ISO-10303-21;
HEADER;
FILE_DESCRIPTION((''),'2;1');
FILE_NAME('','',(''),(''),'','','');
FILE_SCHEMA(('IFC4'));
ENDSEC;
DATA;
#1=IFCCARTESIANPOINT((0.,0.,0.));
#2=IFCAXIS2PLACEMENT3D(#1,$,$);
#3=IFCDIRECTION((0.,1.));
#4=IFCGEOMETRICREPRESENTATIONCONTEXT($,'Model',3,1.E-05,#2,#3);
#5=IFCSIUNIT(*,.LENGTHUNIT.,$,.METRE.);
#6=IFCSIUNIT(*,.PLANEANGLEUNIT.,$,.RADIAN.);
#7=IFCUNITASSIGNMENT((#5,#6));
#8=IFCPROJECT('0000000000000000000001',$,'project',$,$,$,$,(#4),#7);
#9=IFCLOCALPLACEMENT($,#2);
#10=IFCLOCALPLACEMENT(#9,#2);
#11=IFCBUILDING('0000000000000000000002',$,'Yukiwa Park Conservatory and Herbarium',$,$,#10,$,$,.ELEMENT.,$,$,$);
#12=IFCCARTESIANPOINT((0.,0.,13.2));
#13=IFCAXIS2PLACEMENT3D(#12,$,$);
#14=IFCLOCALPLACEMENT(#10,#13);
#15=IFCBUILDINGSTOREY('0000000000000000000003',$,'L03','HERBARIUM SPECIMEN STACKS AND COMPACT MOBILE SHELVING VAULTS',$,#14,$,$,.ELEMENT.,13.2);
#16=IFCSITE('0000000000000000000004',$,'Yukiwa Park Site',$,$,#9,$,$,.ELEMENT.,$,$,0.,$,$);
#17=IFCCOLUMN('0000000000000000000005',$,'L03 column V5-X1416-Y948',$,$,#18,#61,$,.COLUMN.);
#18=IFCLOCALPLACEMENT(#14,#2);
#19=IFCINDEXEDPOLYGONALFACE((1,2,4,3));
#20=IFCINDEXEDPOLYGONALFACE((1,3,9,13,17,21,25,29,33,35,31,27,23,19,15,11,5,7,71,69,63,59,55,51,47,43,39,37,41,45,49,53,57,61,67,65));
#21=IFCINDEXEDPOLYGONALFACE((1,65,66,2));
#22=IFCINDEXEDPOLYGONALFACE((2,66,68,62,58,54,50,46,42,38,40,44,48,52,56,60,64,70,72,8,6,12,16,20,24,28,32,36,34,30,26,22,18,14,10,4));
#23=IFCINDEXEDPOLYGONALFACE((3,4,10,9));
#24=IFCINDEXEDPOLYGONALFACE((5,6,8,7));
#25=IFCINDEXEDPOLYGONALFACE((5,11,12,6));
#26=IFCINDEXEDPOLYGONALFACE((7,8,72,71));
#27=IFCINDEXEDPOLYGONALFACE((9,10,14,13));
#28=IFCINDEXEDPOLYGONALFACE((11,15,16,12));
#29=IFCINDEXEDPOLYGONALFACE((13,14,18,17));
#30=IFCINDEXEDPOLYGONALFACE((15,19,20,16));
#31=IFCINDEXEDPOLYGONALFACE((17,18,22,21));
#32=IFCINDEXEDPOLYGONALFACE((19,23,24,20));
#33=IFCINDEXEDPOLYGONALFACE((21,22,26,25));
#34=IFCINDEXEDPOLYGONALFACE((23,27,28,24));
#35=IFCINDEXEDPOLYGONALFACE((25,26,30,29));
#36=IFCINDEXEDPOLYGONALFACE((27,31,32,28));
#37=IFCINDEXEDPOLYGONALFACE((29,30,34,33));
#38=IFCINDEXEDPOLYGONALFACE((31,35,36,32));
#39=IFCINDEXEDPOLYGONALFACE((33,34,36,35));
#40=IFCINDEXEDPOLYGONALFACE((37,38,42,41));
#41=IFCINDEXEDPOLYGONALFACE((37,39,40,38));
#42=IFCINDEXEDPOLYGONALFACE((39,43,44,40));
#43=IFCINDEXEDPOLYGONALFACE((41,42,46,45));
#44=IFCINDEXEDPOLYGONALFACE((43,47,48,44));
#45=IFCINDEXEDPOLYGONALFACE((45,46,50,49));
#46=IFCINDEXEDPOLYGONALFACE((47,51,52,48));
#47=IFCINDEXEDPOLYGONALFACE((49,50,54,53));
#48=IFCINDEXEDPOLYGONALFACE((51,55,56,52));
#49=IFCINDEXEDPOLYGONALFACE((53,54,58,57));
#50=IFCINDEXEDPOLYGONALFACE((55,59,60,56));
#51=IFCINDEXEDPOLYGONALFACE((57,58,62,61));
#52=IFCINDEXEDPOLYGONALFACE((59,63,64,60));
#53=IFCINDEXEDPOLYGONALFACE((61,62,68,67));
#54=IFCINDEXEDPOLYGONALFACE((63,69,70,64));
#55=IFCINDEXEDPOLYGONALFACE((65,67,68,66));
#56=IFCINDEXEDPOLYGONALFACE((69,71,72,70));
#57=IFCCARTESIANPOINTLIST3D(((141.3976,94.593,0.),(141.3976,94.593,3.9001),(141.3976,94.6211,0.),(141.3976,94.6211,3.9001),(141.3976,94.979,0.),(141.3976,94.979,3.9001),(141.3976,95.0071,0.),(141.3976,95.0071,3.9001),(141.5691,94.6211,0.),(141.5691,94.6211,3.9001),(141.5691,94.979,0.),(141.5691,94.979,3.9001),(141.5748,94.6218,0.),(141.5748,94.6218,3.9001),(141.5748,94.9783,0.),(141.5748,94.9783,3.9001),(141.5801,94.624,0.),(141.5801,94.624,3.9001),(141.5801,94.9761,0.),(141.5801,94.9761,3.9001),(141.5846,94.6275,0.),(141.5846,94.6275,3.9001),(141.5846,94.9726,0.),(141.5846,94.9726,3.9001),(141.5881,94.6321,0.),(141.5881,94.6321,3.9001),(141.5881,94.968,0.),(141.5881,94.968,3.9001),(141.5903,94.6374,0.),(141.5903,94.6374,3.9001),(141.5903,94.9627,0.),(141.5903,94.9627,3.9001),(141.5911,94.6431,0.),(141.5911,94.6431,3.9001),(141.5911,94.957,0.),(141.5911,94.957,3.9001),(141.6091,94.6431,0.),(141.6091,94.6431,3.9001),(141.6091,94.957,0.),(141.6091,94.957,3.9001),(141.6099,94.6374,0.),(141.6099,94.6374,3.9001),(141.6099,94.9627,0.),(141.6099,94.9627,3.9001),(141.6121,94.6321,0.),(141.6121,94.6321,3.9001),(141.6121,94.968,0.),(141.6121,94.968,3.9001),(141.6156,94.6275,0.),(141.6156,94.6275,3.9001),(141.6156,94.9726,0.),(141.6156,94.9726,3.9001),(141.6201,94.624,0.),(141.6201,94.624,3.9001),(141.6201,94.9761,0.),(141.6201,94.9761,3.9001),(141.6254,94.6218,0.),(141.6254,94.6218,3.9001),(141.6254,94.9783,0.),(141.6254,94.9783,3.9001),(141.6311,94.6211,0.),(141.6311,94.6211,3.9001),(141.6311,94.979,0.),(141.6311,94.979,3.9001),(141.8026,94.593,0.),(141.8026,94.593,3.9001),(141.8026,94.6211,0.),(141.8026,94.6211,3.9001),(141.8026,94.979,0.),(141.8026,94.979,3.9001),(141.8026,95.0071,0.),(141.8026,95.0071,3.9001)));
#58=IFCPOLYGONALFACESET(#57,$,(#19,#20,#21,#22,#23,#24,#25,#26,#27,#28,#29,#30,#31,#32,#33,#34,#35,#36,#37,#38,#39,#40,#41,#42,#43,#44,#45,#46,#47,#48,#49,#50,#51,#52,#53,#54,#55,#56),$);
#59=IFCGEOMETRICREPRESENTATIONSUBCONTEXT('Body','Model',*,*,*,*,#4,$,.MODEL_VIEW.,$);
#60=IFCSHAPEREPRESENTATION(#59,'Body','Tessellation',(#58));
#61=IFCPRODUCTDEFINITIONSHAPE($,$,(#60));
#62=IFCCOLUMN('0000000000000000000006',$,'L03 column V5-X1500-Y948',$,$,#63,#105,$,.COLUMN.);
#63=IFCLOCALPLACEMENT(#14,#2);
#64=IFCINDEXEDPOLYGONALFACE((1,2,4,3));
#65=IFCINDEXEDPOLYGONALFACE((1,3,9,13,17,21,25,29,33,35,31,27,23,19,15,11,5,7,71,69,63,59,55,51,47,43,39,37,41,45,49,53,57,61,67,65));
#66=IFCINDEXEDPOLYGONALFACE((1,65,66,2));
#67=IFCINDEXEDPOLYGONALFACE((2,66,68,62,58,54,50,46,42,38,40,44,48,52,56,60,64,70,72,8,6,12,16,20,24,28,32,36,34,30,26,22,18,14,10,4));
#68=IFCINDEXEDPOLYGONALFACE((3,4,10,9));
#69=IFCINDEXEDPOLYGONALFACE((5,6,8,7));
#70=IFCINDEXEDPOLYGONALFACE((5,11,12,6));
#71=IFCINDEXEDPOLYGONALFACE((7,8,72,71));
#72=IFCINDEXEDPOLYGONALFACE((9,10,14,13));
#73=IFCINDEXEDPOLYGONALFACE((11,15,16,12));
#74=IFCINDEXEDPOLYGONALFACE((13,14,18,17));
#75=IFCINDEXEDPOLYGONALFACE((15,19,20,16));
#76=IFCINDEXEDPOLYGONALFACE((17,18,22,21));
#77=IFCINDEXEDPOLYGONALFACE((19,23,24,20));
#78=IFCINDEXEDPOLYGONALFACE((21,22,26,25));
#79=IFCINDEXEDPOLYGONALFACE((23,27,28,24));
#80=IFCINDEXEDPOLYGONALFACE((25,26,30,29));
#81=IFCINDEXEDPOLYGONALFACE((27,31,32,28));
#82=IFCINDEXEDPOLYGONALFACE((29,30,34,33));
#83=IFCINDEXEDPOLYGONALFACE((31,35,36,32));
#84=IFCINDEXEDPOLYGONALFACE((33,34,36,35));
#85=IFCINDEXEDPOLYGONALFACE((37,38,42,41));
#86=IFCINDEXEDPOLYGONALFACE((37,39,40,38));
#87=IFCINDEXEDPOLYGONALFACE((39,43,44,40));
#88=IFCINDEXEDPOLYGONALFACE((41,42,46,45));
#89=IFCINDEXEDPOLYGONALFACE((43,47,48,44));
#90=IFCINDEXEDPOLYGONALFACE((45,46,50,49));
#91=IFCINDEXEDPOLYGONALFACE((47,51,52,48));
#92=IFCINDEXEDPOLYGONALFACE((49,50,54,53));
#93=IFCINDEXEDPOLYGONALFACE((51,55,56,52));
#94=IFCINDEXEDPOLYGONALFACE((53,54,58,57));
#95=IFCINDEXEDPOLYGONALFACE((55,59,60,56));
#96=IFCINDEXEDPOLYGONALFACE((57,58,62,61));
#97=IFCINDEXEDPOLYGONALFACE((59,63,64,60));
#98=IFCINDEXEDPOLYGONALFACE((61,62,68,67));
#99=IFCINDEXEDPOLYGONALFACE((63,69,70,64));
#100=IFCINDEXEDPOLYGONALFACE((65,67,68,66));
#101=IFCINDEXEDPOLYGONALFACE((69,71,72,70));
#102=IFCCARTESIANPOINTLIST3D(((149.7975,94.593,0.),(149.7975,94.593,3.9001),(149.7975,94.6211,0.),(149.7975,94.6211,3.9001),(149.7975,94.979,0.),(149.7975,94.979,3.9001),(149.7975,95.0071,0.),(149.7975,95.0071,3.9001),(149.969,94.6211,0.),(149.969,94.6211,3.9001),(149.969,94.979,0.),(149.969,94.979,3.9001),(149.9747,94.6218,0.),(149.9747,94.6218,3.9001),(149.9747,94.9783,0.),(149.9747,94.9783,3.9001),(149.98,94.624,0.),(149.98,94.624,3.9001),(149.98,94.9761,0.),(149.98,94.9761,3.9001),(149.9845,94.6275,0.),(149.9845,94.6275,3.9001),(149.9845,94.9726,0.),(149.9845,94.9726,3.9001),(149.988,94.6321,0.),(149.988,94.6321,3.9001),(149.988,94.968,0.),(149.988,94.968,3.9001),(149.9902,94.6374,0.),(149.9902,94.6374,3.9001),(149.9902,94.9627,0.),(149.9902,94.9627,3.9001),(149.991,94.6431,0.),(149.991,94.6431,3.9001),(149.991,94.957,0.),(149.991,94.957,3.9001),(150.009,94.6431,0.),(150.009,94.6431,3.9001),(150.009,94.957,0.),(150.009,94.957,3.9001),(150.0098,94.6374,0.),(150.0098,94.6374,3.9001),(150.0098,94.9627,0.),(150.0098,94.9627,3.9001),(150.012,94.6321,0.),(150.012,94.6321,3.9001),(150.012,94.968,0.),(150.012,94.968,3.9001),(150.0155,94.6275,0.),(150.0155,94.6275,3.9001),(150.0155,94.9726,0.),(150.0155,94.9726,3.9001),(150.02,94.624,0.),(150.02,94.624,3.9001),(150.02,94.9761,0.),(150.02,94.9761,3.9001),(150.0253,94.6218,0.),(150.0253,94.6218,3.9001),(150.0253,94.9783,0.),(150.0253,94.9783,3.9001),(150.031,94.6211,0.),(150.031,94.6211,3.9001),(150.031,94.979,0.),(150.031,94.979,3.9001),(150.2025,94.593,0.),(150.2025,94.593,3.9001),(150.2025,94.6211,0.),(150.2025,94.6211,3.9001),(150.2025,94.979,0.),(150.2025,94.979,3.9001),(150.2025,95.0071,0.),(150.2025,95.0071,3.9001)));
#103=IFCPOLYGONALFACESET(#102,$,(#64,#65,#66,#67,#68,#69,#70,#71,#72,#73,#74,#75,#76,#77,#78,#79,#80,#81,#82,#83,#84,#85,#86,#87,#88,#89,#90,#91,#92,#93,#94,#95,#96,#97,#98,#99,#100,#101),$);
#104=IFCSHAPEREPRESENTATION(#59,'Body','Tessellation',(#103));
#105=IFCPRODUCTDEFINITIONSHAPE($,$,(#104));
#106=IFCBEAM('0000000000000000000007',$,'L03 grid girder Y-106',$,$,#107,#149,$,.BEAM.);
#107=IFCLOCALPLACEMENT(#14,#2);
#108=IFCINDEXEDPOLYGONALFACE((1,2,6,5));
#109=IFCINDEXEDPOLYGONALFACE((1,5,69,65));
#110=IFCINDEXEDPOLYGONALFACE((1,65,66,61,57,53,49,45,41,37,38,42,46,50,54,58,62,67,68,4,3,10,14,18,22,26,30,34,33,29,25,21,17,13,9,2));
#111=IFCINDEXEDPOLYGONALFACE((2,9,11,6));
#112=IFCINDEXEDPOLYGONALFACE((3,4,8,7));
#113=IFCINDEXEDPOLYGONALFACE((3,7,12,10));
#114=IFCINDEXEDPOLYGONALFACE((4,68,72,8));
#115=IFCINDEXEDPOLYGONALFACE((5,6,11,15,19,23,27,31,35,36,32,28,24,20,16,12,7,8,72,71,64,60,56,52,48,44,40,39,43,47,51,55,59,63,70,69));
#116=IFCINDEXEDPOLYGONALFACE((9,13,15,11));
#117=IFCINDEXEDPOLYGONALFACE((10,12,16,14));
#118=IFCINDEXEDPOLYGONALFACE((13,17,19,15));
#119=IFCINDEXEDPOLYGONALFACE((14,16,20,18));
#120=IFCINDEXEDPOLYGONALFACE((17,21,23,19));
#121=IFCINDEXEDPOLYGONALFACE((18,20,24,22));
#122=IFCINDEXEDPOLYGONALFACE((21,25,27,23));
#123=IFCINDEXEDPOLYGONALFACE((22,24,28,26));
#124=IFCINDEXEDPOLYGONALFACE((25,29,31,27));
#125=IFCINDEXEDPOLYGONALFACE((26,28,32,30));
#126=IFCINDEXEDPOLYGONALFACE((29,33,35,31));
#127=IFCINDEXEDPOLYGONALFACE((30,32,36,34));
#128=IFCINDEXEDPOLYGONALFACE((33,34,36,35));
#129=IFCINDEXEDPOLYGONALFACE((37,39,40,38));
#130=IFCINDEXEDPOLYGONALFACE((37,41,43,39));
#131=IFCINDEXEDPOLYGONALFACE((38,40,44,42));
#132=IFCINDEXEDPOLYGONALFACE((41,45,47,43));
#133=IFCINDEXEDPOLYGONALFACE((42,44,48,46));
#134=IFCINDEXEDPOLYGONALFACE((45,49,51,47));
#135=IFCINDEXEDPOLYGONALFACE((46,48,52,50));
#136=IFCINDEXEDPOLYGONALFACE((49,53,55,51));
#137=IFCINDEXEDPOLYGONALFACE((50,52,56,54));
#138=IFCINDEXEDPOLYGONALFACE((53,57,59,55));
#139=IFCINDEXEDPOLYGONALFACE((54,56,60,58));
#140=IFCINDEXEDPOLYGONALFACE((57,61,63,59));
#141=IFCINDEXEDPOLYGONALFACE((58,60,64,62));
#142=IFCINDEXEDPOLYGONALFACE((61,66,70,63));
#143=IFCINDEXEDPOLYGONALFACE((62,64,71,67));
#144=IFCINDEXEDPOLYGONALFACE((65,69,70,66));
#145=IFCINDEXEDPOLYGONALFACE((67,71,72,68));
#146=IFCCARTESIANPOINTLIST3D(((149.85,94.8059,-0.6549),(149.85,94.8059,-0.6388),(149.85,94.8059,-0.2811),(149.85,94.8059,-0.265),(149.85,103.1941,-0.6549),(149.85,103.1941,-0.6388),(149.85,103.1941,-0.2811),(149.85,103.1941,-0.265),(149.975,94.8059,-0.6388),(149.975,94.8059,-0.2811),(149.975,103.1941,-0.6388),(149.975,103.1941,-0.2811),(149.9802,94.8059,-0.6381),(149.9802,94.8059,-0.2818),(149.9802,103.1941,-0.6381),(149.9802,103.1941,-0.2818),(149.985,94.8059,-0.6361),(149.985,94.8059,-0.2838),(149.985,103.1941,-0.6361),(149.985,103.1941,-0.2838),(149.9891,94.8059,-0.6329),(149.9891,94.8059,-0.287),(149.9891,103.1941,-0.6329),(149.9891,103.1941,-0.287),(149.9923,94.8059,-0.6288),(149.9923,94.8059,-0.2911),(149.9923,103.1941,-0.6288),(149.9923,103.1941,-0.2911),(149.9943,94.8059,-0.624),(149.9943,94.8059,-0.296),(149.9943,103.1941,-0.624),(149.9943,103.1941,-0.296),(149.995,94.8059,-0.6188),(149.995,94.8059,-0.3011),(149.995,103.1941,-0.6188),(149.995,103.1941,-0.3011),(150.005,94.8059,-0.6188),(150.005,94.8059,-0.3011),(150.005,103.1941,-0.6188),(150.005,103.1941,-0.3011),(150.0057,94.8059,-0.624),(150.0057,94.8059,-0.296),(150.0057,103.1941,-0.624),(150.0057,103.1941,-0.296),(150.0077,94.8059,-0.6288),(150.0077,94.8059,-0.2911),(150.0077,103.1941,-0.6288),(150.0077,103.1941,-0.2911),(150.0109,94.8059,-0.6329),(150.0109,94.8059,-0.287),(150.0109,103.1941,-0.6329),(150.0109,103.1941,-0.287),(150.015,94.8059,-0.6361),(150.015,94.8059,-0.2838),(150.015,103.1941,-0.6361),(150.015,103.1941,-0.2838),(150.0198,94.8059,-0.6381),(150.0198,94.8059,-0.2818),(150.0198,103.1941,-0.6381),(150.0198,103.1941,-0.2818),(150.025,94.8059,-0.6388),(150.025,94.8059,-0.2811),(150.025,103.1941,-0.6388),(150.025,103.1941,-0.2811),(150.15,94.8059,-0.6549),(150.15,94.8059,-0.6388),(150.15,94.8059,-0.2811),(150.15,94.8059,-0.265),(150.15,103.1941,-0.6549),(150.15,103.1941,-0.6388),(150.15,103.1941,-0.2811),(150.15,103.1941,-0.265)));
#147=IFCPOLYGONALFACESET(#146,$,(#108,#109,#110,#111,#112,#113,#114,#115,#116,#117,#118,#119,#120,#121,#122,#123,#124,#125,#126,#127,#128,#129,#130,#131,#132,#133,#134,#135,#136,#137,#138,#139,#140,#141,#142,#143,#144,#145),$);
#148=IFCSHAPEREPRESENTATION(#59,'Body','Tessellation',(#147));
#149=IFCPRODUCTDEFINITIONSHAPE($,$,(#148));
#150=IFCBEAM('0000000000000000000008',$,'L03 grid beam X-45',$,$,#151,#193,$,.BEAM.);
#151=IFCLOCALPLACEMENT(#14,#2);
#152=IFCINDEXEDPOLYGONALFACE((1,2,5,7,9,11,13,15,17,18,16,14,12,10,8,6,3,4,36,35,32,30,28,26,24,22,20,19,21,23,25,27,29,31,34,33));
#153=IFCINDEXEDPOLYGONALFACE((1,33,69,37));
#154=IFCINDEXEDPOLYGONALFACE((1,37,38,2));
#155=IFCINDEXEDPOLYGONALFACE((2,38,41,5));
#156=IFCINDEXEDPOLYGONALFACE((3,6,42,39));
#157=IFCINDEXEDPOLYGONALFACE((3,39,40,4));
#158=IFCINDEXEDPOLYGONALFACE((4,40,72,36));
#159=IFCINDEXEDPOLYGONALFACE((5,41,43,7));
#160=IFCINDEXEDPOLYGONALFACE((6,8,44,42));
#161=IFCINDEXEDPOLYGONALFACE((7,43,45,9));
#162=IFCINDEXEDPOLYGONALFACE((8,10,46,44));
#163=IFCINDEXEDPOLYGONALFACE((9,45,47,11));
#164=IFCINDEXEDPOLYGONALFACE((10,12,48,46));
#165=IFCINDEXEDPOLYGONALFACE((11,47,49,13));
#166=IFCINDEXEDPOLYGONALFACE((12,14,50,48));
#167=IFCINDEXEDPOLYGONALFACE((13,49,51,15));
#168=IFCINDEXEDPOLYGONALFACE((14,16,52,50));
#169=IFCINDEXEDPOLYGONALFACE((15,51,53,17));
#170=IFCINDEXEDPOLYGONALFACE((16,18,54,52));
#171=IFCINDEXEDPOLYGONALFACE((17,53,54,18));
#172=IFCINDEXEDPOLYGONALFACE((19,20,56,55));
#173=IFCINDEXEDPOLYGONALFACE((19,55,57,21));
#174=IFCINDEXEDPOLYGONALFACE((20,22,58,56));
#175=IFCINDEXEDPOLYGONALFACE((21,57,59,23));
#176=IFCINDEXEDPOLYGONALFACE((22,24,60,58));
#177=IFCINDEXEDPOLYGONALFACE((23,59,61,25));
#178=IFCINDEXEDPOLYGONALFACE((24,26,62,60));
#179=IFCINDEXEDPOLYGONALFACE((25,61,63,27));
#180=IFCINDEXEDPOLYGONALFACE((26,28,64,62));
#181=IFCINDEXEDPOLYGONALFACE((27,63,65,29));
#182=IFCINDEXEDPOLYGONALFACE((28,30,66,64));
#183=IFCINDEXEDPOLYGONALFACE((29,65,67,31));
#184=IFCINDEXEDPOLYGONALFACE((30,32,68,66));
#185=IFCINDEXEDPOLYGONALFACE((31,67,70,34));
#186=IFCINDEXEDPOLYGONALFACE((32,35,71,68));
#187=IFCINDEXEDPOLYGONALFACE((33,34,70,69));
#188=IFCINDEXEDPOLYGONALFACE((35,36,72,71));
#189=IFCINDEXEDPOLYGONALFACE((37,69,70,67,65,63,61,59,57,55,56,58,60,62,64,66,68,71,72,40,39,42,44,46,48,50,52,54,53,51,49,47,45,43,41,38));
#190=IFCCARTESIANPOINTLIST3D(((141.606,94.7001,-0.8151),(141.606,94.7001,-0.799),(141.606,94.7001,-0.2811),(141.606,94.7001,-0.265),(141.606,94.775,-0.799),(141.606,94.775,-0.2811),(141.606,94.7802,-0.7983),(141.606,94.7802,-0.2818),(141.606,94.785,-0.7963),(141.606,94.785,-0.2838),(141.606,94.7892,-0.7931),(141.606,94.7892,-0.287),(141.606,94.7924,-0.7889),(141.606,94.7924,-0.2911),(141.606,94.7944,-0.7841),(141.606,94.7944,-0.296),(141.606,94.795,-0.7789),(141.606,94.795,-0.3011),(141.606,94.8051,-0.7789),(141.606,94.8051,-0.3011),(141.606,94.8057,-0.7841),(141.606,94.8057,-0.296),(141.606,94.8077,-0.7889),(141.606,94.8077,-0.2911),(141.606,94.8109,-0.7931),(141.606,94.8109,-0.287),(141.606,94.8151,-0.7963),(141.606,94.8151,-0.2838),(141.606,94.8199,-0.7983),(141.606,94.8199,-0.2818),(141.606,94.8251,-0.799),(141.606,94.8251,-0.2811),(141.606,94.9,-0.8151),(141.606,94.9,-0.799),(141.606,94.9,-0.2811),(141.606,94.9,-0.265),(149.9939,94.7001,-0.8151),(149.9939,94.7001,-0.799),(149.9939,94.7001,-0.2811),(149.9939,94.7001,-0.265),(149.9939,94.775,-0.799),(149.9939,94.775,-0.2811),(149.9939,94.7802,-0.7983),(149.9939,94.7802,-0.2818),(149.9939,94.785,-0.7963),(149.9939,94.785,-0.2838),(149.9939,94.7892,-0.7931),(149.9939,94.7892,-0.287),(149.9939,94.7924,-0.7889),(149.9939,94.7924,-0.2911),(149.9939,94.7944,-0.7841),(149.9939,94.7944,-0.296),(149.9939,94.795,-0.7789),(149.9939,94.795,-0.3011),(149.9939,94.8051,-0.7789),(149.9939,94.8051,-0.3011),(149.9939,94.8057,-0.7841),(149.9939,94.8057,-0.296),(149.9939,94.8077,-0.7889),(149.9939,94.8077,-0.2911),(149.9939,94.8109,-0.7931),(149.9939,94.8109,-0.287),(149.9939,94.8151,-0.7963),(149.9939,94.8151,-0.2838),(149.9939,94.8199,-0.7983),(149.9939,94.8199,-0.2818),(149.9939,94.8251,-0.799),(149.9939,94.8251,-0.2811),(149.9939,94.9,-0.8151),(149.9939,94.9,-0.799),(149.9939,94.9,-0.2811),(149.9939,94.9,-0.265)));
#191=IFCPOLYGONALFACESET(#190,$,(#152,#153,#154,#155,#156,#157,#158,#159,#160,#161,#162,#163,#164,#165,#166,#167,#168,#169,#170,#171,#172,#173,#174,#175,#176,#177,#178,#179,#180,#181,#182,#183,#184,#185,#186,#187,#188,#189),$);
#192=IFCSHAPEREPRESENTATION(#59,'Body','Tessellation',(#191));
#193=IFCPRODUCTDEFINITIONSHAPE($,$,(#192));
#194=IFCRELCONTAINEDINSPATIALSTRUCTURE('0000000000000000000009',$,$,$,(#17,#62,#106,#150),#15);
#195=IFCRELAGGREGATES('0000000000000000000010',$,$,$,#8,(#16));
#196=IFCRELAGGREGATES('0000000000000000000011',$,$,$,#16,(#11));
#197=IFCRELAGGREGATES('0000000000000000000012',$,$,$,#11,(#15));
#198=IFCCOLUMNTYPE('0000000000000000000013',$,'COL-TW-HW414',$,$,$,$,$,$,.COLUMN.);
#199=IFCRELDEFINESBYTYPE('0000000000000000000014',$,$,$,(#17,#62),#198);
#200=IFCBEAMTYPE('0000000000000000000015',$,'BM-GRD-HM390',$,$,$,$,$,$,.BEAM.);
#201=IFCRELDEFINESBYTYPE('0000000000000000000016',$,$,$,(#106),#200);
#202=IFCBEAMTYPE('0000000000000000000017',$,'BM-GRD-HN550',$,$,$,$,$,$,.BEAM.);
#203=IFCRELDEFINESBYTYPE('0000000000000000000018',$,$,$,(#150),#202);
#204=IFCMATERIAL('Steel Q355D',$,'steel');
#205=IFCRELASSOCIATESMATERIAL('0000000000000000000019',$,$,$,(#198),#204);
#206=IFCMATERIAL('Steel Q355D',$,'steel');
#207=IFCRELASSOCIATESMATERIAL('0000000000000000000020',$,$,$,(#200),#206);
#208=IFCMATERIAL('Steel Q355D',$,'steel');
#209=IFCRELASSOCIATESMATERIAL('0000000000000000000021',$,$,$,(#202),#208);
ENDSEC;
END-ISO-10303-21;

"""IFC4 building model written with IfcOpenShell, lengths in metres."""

from ifc_helpers import new_model, si_unit, direction, frame, origin, origin_2d, place, context, subcontext, project, spatial, i_section, extrude, material, material_profile, profile_set, type_object, element, save


model = new_model("IFC4")

# Units and contexts
model_context = context("Model", 3, precision=1e-05, world=origin(), true_north=direction((0.0, 1.0)))
body_context = subcontext(model_context, "Body", "Model", "MODEL_VIEW")
ifc_project = project(units=[si_unit("LENGTHUNIT", "METRE"), si_unit("PLANEANGLEUNIT", "RADIAN")], contexts=[model_context])

# Site, building, storey
site_placement = place(None, origin())
site = spatial("IfcSite", under=ifc_project, at=site_placement, Name="Yukiwa Park Site", CompositionType="ELEMENT", RefElevation=0.0)
building_placement = place(site_placement, origin())
building = spatial("IfcBuilding", under=site, at=building_placement, Name="Yukiwa Park Conservatory and Herbarium", CompositionType="ELEMENT")
storey_placement = place(building_placement, frame((0.0, 0.0, 13.2)))
storey = spatial("IfcBuildingStorey", under=building, at=storey_placement, Name="L03", Description="HERBARIUM SPECIMEN STACKS AND COMPACT MOBILE SHELVING VAULTS", CompositionType="ELEMENT", Elevation=13.2)

# Columns
ifc_material_1 = material(Name="Steel Q355D", Category="steel")
ifc_material_profile_1 = material_profile(ifc_material_1, i_section(OverallWidth=0.405, OverallDepth=0.4141, WebThickness=0.0181, FlangeThickness=0.0281, FilletRadius=0.022, at=origin_2d()), Name="HW 414x405x18x28")
ifc_profile_set_1 = profile_set([ifc_material_profile_1], Name="Steel Q355D")
column_type = type_object("IfcColumnType", Name="COL-TW-HW414", PredefinedType="COLUMN", material=ifc_profile_set_1)
for number, where, z_axis, x_axis, name in (
    (1, (141.6001, 94.8, 0.0), (0.0, 0.0, 1.0), (1.0, 0.0, 0.0), "L03 column V5-X1416-Y948"),
    (2, (150.0, 94.8, 0.0), (0.0, 0.0, 1.0), (1.0, 0.0, 0.0), "L03 column V5-X1500-Y948"),
):
    element("IfcColumn", number, at=place(storey_placement, frame(where, z_axis=z_axis, x_axis=x_axis)), inside=storey, type_object=column_type, Name=name, PredefinedType="COLUMN", context=body_context, shape_type="SweptSolid", body=[
        extrude(i_section(OverallWidth=0.405, OverallDepth=0.4141, WebThickness=0.0181, FlangeThickness=0.0281, FilletRadius=0.022, at=origin_2d()), origin(), (0.0, 0.0, 1.0), 3.9001),
    ])

# Beams
ifc_material_2 = material(Name="Steel Q355D", Category="steel")
ifc_material_profile_2 = material_profile(ifc_material_2, i_section(OverallWidth=0.3, OverallDepth=0.3899, WebThickness=0.01, FlangeThickness=0.0161, FilletRadius=0.02, at=origin_2d()), Name="HM 390x300x10x16")
ifc_profile_set_2 = profile_set([ifc_material_profile_2], Name="Steel Q355D")
beam_type_1 = type_object("IfcBeamType", Name="BM-GRD-HM390", PredefinedType="BEAM", material=ifc_profile_set_2)
beam_1_placement = place(storey_placement, frame((150.0, 94.8059, -0.46), z_axis=(0.0, 1.0, 0.0), x_axis=(-1.0, 0.0, 0.0)))
element("IfcBeam", 3, at=beam_1_placement, inside=storey, type_object=beam_type_1, Name="L03 grid girder Y-106", PredefinedType="BEAM", context=body_context, shape_type="SweptSolid", body=[
    extrude(i_section(OverallWidth=0.3, OverallDepth=0.3899, WebThickness=0.01, FlangeThickness=0.0161, FilletRadius=0.02, at=origin_2d()), origin(), (0.0, 0.0, 1.0), 8.3882),
])
ifc_material_3 = material(Name="Steel Q355D", Category="steel")
ifc_material_profile_3 = material_profile(ifc_material_3, i_section(OverallWidth=0.2, OverallDepth=0.55, WebThickness=0.01, FlangeThickness=0.0161, FilletRadius=0.02, at=origin_2d()), Name="HN 550x200x10x16")
ifc_profile_set_3 = profile_set([ifc_material_profile_3], Name="Steel Q355D")
beam_type_2 = type_object("IfcBeamType", Name="BM-GRD-HN550", PredefinedType="BEAM", material=ifc_profile_set_3)
beam_2_placement = place(storey_placement, frame((141.606, 94.8, -0.54), z_axis=(1.0, 0.0, 0.0), x_axis=(0.0, 1.0, 0.0)))
element("IfcBeam", 4, at=beam_2_placement, inside=storey, type_object=beam_type_2, Name="L03 grid beam X-45", PredefinedType="BEAM", context=body_context, shape_type="SweptSolid", body=[
    extrude(i_section(OverallWidth=0.2, OverallDepth=0.55, WebThickness=0.01, FlangeThickness=0.0161, FilletRadius=0.02, at=origin_2d()), origin(), (0.0, 0.0, 1.0), 8.3879),
])

save(model, "model.ifc")
